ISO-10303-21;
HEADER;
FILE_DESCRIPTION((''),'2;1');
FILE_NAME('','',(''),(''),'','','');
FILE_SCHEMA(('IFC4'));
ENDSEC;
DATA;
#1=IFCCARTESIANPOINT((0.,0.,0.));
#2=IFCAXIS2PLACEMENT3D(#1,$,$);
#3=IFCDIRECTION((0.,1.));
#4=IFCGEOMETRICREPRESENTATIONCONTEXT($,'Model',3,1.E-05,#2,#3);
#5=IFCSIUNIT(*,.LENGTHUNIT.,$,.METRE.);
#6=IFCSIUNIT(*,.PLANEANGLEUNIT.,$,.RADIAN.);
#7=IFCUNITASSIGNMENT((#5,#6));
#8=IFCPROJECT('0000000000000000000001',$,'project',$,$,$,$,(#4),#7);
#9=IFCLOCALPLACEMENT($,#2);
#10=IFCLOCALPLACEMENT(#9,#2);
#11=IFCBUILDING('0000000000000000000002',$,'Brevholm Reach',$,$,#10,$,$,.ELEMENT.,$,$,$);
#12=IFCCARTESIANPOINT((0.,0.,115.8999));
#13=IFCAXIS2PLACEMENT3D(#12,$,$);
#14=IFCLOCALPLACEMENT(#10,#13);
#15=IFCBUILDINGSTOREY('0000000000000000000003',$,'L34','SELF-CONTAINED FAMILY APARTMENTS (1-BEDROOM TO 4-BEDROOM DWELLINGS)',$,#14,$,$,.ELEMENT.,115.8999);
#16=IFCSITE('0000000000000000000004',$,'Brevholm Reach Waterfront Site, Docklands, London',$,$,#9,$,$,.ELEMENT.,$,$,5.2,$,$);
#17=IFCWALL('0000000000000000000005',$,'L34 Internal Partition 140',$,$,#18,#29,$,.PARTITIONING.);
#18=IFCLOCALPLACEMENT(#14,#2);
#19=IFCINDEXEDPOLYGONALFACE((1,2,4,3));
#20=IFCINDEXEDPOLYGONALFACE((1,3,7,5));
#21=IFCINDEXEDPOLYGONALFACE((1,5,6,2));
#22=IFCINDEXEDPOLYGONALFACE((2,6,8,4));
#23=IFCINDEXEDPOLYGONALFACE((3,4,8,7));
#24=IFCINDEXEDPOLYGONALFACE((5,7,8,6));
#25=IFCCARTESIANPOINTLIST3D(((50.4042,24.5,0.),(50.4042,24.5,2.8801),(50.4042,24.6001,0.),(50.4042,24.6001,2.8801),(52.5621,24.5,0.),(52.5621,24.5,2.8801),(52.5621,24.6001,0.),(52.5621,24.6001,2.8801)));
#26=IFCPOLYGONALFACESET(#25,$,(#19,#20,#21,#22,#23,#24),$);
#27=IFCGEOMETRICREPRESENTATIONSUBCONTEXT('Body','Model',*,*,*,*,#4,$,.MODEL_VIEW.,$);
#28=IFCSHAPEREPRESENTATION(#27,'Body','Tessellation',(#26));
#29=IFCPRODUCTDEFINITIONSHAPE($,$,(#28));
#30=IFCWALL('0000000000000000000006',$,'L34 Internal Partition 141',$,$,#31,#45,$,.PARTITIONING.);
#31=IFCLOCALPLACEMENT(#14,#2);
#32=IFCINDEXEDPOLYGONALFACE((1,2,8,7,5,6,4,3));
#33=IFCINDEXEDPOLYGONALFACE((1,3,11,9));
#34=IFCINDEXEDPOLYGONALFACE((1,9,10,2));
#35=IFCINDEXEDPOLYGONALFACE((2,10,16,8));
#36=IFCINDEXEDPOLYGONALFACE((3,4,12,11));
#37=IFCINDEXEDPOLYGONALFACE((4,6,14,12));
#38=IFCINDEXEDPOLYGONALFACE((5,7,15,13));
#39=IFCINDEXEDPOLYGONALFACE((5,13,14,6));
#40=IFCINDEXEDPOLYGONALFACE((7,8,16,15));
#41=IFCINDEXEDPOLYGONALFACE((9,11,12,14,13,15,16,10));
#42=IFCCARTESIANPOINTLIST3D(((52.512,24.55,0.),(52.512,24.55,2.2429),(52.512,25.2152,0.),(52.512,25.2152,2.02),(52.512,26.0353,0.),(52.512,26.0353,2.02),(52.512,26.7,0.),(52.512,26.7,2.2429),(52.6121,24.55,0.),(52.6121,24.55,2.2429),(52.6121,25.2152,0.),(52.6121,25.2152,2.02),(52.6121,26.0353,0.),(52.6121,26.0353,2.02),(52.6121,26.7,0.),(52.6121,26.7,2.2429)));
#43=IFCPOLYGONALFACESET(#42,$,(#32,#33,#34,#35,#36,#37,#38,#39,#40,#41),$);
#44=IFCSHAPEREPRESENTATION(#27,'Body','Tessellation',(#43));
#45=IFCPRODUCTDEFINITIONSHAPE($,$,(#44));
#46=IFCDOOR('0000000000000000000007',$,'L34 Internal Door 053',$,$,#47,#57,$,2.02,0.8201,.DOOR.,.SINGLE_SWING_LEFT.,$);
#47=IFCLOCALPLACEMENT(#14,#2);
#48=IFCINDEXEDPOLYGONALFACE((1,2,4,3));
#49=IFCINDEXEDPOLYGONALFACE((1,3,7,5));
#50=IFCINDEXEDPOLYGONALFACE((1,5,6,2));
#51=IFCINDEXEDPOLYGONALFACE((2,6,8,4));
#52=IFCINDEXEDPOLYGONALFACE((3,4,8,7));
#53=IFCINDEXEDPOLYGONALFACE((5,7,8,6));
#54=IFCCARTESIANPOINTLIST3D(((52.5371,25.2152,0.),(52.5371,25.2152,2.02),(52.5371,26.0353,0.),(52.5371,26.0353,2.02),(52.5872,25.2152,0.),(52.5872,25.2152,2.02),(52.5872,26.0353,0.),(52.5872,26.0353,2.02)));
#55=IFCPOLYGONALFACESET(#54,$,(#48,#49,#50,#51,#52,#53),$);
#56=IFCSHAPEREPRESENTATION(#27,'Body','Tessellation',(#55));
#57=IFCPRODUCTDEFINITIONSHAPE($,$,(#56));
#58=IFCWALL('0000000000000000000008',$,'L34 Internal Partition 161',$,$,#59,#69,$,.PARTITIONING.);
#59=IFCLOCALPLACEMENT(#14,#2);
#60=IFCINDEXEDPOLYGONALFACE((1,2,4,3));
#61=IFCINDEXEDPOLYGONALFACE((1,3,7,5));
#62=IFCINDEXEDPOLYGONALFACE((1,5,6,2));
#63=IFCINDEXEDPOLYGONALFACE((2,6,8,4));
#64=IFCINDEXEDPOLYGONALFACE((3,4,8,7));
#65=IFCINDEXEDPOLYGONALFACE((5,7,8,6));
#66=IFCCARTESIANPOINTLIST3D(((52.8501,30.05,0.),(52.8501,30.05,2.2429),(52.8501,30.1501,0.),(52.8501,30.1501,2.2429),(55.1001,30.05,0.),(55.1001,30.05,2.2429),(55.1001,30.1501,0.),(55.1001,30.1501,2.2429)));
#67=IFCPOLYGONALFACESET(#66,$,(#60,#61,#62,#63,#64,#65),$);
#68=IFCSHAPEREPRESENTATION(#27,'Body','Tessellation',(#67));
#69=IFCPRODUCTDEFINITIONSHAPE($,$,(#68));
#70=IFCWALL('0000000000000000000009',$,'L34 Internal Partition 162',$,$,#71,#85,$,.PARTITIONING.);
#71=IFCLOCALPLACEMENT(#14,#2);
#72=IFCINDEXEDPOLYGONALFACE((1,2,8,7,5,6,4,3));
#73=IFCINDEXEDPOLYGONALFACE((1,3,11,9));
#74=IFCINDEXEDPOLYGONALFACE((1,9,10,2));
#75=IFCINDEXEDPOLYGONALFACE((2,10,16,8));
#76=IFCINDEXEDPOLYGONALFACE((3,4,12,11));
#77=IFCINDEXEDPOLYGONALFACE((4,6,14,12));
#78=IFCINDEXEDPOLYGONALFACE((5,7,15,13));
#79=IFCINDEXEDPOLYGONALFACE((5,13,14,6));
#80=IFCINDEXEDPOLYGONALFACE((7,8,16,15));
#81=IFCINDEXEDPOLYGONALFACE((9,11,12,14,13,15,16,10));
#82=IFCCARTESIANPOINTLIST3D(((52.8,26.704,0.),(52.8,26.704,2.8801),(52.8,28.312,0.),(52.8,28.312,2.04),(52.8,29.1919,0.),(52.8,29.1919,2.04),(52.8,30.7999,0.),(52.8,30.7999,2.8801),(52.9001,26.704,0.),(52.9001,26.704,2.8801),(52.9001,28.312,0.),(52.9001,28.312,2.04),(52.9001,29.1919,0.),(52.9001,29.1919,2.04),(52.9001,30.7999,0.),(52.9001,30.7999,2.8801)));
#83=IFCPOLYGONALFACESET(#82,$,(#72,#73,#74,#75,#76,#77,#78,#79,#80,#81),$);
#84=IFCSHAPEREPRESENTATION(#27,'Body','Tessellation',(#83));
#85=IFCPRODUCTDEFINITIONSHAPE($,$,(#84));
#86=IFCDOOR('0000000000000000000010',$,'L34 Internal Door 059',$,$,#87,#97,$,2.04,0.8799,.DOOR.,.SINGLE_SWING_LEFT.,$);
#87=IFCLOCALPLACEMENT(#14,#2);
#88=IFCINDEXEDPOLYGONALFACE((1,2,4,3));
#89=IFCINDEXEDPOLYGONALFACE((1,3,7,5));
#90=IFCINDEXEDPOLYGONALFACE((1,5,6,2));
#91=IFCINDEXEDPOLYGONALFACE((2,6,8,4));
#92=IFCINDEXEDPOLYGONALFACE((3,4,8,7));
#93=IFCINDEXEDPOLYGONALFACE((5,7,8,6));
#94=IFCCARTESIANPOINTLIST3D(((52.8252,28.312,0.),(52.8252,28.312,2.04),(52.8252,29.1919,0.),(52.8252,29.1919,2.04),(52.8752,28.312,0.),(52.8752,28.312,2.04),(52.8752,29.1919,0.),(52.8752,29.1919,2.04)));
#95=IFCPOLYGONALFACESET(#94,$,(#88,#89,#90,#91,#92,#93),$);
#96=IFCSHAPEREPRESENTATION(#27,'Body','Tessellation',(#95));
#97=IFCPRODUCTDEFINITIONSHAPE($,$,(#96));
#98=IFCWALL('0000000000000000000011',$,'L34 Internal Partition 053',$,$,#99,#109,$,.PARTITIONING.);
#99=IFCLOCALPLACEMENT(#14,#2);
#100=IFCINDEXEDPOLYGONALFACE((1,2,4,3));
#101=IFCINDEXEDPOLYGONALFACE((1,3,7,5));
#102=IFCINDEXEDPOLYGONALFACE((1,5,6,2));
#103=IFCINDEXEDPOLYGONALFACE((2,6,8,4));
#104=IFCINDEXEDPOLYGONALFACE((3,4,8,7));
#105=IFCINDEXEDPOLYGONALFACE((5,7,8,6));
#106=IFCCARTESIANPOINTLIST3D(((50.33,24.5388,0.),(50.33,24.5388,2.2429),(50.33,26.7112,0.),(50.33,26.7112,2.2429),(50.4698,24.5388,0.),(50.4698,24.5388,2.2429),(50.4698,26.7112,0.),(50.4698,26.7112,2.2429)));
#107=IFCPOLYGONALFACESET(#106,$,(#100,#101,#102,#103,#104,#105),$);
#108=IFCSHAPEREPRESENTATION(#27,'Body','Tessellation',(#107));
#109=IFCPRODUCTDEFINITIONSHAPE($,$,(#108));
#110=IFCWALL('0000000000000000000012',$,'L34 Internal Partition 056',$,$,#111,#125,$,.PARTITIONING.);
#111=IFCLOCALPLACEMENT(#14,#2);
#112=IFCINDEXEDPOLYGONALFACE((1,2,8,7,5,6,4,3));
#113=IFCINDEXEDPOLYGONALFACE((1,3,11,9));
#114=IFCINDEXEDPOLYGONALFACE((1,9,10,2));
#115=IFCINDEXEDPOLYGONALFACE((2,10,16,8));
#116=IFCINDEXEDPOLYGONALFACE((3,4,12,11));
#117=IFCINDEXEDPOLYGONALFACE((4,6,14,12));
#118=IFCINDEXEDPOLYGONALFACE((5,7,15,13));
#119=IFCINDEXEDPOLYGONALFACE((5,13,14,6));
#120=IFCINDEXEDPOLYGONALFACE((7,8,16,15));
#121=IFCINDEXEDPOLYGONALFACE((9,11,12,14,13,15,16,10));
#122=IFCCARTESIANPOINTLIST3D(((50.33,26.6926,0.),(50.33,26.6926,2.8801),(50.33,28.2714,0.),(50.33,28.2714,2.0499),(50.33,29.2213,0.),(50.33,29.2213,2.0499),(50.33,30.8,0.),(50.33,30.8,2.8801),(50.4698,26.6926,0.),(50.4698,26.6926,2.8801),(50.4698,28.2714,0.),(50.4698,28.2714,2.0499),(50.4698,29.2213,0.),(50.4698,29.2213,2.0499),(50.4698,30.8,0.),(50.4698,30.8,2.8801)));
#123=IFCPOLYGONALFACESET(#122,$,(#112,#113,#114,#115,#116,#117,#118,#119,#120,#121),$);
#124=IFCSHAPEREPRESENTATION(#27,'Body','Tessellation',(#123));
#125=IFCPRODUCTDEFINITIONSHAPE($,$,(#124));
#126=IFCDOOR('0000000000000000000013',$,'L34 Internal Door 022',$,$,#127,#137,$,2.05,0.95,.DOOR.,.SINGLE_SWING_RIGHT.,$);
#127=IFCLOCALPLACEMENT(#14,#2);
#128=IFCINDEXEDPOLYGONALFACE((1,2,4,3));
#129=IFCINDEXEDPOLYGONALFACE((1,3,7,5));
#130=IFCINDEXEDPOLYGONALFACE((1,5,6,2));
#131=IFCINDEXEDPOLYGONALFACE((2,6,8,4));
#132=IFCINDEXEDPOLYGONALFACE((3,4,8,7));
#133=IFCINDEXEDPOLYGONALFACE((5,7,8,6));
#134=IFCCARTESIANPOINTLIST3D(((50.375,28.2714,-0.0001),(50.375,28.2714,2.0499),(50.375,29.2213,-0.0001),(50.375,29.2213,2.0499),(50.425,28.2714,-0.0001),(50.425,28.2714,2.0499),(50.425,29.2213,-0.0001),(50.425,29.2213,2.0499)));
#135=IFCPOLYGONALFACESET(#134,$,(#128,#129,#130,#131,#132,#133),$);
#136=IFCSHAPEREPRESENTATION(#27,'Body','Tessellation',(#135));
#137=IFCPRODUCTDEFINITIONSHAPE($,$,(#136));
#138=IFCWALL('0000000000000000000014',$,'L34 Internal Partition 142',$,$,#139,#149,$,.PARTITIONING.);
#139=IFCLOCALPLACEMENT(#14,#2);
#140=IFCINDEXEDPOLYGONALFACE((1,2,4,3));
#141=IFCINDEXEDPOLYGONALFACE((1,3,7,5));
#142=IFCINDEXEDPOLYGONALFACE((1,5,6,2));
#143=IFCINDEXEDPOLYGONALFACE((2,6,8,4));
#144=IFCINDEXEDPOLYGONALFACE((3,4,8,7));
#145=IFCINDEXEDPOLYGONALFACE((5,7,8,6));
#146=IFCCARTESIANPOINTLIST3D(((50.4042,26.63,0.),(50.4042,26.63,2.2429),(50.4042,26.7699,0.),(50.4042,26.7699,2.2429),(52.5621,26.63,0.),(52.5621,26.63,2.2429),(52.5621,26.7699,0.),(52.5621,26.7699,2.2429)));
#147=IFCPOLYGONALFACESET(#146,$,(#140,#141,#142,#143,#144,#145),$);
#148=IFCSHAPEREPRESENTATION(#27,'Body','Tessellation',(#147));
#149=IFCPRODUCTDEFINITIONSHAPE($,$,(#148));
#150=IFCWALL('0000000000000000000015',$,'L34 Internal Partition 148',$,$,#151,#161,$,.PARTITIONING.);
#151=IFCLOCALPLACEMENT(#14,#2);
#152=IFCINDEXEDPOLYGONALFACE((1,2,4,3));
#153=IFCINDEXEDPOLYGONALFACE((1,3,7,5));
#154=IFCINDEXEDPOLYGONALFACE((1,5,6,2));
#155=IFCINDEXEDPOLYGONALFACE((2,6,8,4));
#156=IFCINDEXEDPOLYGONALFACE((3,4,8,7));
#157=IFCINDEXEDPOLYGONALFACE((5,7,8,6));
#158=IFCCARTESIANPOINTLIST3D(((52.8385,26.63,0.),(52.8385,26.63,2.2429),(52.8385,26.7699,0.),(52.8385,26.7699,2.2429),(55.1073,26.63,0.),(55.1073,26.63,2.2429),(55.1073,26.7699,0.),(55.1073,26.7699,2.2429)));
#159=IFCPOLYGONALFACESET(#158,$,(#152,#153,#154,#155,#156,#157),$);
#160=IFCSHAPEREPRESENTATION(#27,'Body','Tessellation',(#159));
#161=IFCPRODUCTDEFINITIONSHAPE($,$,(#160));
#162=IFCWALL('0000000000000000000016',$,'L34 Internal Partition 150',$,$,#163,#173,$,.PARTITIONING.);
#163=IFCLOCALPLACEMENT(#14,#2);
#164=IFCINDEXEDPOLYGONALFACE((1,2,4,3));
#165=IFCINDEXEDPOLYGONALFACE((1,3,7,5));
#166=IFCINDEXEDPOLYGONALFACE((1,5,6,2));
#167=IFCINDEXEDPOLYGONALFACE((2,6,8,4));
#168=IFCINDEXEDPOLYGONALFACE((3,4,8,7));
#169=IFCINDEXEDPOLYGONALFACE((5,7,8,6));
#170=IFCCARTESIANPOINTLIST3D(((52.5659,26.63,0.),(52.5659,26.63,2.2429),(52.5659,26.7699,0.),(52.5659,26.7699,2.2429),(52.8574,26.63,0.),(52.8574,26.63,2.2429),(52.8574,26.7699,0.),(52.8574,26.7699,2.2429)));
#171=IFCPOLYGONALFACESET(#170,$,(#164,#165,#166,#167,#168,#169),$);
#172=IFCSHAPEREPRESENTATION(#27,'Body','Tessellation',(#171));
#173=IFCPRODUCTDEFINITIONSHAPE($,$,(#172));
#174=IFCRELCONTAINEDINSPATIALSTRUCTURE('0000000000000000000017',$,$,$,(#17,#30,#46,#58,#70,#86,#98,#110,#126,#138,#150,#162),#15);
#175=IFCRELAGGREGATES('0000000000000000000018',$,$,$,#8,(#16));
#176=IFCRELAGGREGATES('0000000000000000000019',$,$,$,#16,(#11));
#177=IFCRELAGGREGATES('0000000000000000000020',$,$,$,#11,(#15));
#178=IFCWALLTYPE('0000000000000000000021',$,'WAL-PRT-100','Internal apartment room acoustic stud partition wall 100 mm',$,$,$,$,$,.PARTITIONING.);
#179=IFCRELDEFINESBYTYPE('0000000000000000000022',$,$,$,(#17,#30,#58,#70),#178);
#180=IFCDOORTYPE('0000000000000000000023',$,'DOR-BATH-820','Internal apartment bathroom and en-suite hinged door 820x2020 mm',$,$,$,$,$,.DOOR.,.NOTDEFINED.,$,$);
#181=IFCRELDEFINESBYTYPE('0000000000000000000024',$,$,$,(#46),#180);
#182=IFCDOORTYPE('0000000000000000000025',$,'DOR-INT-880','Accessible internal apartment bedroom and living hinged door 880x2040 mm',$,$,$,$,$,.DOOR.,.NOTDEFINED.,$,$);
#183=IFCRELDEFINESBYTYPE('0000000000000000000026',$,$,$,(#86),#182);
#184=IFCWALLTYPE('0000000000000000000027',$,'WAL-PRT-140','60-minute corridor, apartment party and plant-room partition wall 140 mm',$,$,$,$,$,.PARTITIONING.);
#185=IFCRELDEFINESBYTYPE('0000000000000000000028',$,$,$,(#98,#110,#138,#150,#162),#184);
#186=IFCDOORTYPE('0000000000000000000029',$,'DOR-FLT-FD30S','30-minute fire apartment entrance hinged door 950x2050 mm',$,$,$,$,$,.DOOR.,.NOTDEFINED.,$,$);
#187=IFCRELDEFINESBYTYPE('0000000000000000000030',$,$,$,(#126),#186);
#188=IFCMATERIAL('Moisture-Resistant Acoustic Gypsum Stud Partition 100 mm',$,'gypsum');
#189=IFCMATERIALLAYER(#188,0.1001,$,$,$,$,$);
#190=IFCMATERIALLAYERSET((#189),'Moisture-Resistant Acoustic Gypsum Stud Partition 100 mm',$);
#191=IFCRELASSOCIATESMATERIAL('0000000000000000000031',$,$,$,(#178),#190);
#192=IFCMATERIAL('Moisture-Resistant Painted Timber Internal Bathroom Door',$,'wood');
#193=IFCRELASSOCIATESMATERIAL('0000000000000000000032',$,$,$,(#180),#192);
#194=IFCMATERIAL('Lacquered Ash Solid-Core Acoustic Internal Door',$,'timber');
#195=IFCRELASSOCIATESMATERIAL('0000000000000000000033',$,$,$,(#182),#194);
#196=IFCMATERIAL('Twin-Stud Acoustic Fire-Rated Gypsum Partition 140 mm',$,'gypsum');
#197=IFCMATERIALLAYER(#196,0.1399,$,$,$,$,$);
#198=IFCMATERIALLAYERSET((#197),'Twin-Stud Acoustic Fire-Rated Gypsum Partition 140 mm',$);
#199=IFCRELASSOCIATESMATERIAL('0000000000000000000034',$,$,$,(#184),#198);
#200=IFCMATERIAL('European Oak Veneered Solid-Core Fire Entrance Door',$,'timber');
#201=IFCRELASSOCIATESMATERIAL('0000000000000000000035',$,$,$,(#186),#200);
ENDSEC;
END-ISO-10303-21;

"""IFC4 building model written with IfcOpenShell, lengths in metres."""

from ifc_helpers import new_model, si_unit, direction, frame, frame_2d, origin, place, context, subcontext, project, spatial, rectangle, extrude, material, layer, layer_set, type_object, element, fill, save


model = new_model("IFC4")

# Units and contexts
model_context = context("Model", 3, precision=1e-05, world=origin(), true_north=direction((0.0, 1.0)))
body_context = subcontext(model_context, "Body", "Model", "MODEL_VIEW")
ifc_project = project(units=[si_unit("LENGTHUNIT", "METRE"), si_unit("PLANEANGLEUNIT", "RADIAN")], contexts=[model_context])

# Site, building, storey
site_placement = place(None, origin())
site = spatial("IfcSite", under=ifc_project, at=site_placement, Name="Brevholm Reach Waterfront Site, Docklands, London", CompositionType="ELEMENT", RefElevation=5.2)
building_placement = place(site_placement, origin())
building = spatial("IfcBuilding", under=site, at=building_placement, Name="Brevholm Reach", CompositionType="ELEMENT")
storey_placement = place(building_placement, frame((0.0, 0.0, 115.8999)))
storey = spatial("IfcBuildingStorey", under=building, at=storey_placement, Name="L34", Description="SELF-CONTAINED FAMILY APARTMENTS (1-BEDROOM TO 4-BEDROOM DWELLINGS)", CompositionType="ELEMENT", Elevation=115.8999)

# Wall
ifc_material_1 = material(Name="Moisture-Resistant Acoustic Gypsum Stud Partition 100 mm", Category="gypsum")
ifc_layer_1 = layer(ifc_material_1, 0.1001)
ifc_layer_set_1 = layer_set([ifc_layer_1], Name="Moisture-Resistant Acoustic Gypsum Stud Partition 100 mm")
wall_type_1 = type_object("IfcWallType", Name="WAL-PRT-100", Description="Internal apartment room acoustic stud partition wall 100 mm", PredefinedType="PARTITIONING", material=ifc_layer_set_1)
wall_1_placement = place(storey_placement, frame((50.4041, 24.55, 0.0), z_axis=(0.0, 0.0, 1.0), x_axis=(1.0, 0.0, 0.0)))
element("IfcWall", 1, at=wall_1_placement, inside=storey, type_object=wall_type_1, Name="L34 Internal Partition 140", PredefinedType="PARTITIONING", context=body_context, shape_type="SweptSolid", body=[
    extrude(rectangle(XDim=2.158, YDim=0.1001, at=frame_2d((1.0791, 0.0))), origin(), (0.0, 0.0, 1.0), 2.8801),
])

# Wall, opening, door
wall_2_placement = place(storey_placement, frame((52.562, 24.55, 0.0), z_axis=(0.0, 0.0, 1.0), x_axis=(0.0, 1.0, 0.0)))
wall_2 = element("IfcWall", 2, at=wall_2_placement, inside=storey, type_object=wall_type_1, Name="L34 Internal Partition 141", PredefinedType="PARTITIONING", context=body_context, shape_type="SweptSolid", body=[
    extrude(rectangle(XDim=2.1499, YDim=0.1001, at=frame_2d((1.075, 0.0))), origin(), (0.0, 0.0, 1.0), 2.2429),
])
opening_1_placement = place(wall_2_placement, frame((0.665, 0.0, 0.0)))
opening_1 = element("IfcOpeningElement", 3, at=opening_1_placement, cuts=wall_2, PredefinedType="OPENING", context=body_context, shape_type="SweptSolid", body=[
    extrude(rectangle(XDim=0.8201, YDim=2.02, at=frame_2d((0.4102, 1.01))), frame((0.0, 0.0601, 0.0), z_axis=(0.0, -1.0, 0.0), x_axis=(1.0, 0.0, 0.0)), (0.0, 0.0, 1.0), 0.1201),
])
ifc_material_2 = material(Name="Moisture-Resistant Painted Timber Internal Bathroom Door", Category="wood")
door_type_1 = type_object("IfcDoorType", Name="DOR-BATH-820", Description="Internal apartment bathroom and en-suite hinged door 820x2020 mm", OperationType="NOTDEFINED", PredefinedType="DOOR", material=ifc_material_2)
door_1_placement = place(opening_1_placement, origin())
door_1 = element("IfcDoor", 4, at=door_1_placement, inside=storey, type_object=door_type_1, Name="L34 Internal Door 053", OperationType="SINGLE_SWING_LEFT", OverallHeight=2.02, OverallWidth=0.8201, PredefinedType="DOOR", context=body_context, shape_type="SweptSolid", body=[
    extrude(rectangle(XDim=0.8201, YDim=2.02, at=frame_2d((0.4102, 1.01))), frame((0.0, 0.0249, 0.0), z_axis=(0.0, -1.0, 0.0), x_axis=(1.0, 0.0, 0.0)), (0.0, 0.0, 1.0), 0.05),
])
fill(opening_1, door_1)

# Wall
wall_3_placement = place(storey_placement, frame((52.8501, 30.1001, 0.0), z_axis=(0.0, 0.0, 1.0), x_axis=(1.0, 0.0, 0.0)))
element("IfcWall", 5, at=wall_3_placement, inside=storey, type_object=wall_type_1, Name="L34 Internal Partition 161", PredefinedType="PARTITIONING", context=body_context, shape_type="SweptSolid", body=[
    extrude(rectangle(XDim=2.25, YDim=0.1001, at=frame_2d((1.125, 0.0))), origin(), (0.0, 0.0, 1.0), 2.2429),
])

# Wall, opening, door
wall_4_placement = place(storey_placement, frame((52.8501, 26.7041, 0.0), z_axis=(0.0, 0.0, 1.0), x_axis=(0.0, 1.0, 0.0)))
wall_4 = element("IfcWall", 6, at=wall_4_placement, inside=storey, type_object=wall_type_1, Name="L34 Internal Partition 162", PredefinedType="PARTITIONING", context=body_context, shape_type="SweptSolid", body=[
    extrude(rectangle(XDim=4.0959, YDim=0.1001, at=frame_2d((2.0479, 0.0))), origin(), (0.0, 0.0, 1.0), 2.8801),
])
opening_2_placement = place(wall_4_placement, frame((1.6079, 0.0, 0.0)))
opening_2 = element("IfcOpeningElement", 7, at=opening_2_placement, cuts=wall_4, PredefinedType="OPENING", context=body_context, shape_type="SweptSolid", body=[
    extrude(rectangle(XDim=0.8799, YDim=2.04, at=frame_2d((0.4399, 1.02))), frame((0.0, 0.0601, 0.0), z_axis=(0.0, -1.0, 0.0), x_axis=(1.0, 0.0, 0.0)), (0.0, 0.0, 1.0), 0.1201),
])
ifc_material_3 = material(Name="Lacquered Ash Solid-Core Acoustic Internal Door", Category="timber")
door_type_2 = type_object("IfcDoorType", Name="DOR-INT-880", Description="Accessible internal apartment bedroom and living hinged door 880x2040 mm", OperationType="NOTDEFINED", PredefinedType="DOOR", material=ifc_material_3)
door_2_placement = place(opening_2_placement, origin())
door_2 = element("IfcDoor", 8, at=door_2_placement, inside=storey, type_object=door_type_2, Name="L34 Internal Door 059", OperationType="SINGLE_SWING_LEFT", OverallHeight=2.04, OverallWidth=0.8799, PredefinedType="DOOR", context=body_context, shape_type="SweptSolid", body=[
    extrude(rectangle(XDim=0.8799, YDim=2.04, at=frame_2d((0.4399, 1.02))), frame((0.0, 0.0249, 0.0), z_axis=(0.0, -1.0, 0.0), x_axis=(1.0, 0.0, 0.0)), (0.0, 0.0, 1.0), 0.05),
])
fill(opening_2, door_2)

# Wall
ifc_material_4 = material(Name="Twin-Stud Acoustic Fire-Rated Gypsum Partition 140 mm", Category="gypsum")
ifc_layer_2 = layer(ifc_material_4, 0.1399)
ifc_layer_set_2 = layer_set([ifc_layer_2], Name="Twin-Stud Acoustic Fire-Rated Gypsum Partition 140 mm")
wall_type_2 = type_object("IfcWallType", Name="WAL-PRT-140", Description="60-minute corridor, apartment party and plant-room partition wall 140 mm", PredefinedType="PARTITIONING", material=ifc_layer_set_2)
wall_5_placement = place(storey_placement, frame((50.3999, 24.5388, 0.0), z_axis=(0.0, 0.0, 1.0), x_axis=(0.0, 1.0, 0.0)))
element("IfcWall", 9, at=wall_5_placement, inside=storey, type_object=wall_type_2, Name="L34 Internal Partition 053", PredefinedType="PARTITIONING", context=body_context, shape_type="SweptSolid", body=[
    extrude(rectangle(XDim=2.1724, YDim=0.1399, at=frame_2d((1.0862, 0.0))), origin(), (0.0, 0.0, 1.0), 2.2429),
])

# Wall, opening, door
wall_6_placement = place(storey_placement, frame((50.3999, 26.6926, 0.0), z_axis=(0.0, 0.0, 1.0), x_axis=(0.0, 1.0, 0.0)))
wall_6 = element("IfcWall", 10, at=wall_6_placement, inside=storey, type_object=wall_type_2, Name="L34 Internal Partition 056", PredefinedType="PARTITIONING", context=body_context, shape_type="SweptSolid", body=[
    extrude(rectangle(XDim=4.1074, YDim=0.1399, at=frame_2d((2.0537, 0.0))), origin(), (0.0, 0.0, 1.0), 2.8801),
])
opening_3_placement = place(wall_6_placement, frame((1.5786, 0.0, 0.0)))
opening_3 = element("IfcOpeningElement", 11, at=opening_3_placement, cuts=wall_6, PredefinedType="OPENING", context=body_context, shape_type="SweptSolid", body=[
    extrude(rectangle(XDim=0.95, YDim=2.05, at=frame_2d((0.4751, 1.0249))), frame((0.0, 0.0798, 0.0), z_axis=(0.0, -1.0, 0.0), x_axis=(1.0, 0.0, 0.0)), (0.0, 0.0, 1.0), 0.1599),
])
ifc_material_5 = material(Name="European Oak Veneered Solid-Core Fire Entrance Door", Category="timber")
door_type_3 = type_object("IfcDoorType", Name="DOR-FLT-FD30S", Description="30-minute fire apartment entrance hinged door 950x2050 mm", OperationType="NOTDEFINED", PredefinedType="DOOR", material=ifc_material_5)
door_3_placement = place(opening_3_placement, origin())
door_3 = element("IfcDoor", 12, at=door_3_placement, inside=storey, type_object=door_type_3, Name="L34 Internal Door 022", OperationType="SINGLE_SWING_RIGHT", OverallHeight=2.05, OverallWidth=0.95, PredefinedType="DOOR", context=body_context, shape_type="SweptSolid", body=[
    extrude(rectangle(XDim=0.95, YDim=2.05, at=frame_2d((0.4751, 1.0249))), frame((0.0, 0.0249, 0.0), z_axis=(0.0, -1.0, 0.0), x_axis=(1.0, 0.0, 0.0)), (0.0, 0.0, 1.0), 0.05),
])
fill(opening_3, door_3)

# Walls
wall_7_placement = place(storey_placement, frame((50.4041, 26.7, 0.0), z_axis=(0.0, 0.0, 1.0), x_axis=(1.0, 0.0, 0.0)))
element("IfcWall", 13, at=wall_7_placement, inside=storey, type_object=wall_type_2, Name="L34 Internal Partition 142", PredefinedType="PARTITIONING", context=body_context, shape_type="SweptSolid", body=[
    extrude(rectangle(XDim=2.158, YDim=0.1399, at=frame_2d((1.0791, 0.0))), origin(), (0.0, 0.0, 1.0), 2.2429),
])
wall_8_placement = place(storey_placement, frame((52.8386, 26.7, 0.0), z_axis=(0.0, 0.0, 1.0), x_axis=(1.0, 0.0, 0.0)))
element("IfcWall", 14, at=wall_8_placement, inside=storey, type_object=wall_type_2, Name="L34 Internal Partition 148", PredefinedType="PARTITIONING", context=body_context, shape_type="SweptSolid", body=[
    extrude(rectangle(XDim=2.2688, YDim=0.1399, at=frame_2d((1.1343, 0.0))), origin(), (0.0, 0.0, 1.0), 2.2429),
])
wall_9_placement = place(storey_placement, frame((52.5659, 26.7, 0.0), z_axis=(0.0, 0.0, 1.0), x_axis=(1.0, 0.0, 0.0)))
element("IfcWall", 15, at=wall_9_placement, inside=storey, type_object=wall_type_2, Name="L34 Internal Partition 150", PredefinedType="PARTITIONING", context=body_context, shape_type="SweptSolid", body=[
    extrude(rectangle(XDim=0.2915, YDim=0.1399, at=frame_2d((0.1458, 0.0))), origin(), (0.0, 0.0, 1.0), 2.2429),
])

save(model, "model.ifc")
